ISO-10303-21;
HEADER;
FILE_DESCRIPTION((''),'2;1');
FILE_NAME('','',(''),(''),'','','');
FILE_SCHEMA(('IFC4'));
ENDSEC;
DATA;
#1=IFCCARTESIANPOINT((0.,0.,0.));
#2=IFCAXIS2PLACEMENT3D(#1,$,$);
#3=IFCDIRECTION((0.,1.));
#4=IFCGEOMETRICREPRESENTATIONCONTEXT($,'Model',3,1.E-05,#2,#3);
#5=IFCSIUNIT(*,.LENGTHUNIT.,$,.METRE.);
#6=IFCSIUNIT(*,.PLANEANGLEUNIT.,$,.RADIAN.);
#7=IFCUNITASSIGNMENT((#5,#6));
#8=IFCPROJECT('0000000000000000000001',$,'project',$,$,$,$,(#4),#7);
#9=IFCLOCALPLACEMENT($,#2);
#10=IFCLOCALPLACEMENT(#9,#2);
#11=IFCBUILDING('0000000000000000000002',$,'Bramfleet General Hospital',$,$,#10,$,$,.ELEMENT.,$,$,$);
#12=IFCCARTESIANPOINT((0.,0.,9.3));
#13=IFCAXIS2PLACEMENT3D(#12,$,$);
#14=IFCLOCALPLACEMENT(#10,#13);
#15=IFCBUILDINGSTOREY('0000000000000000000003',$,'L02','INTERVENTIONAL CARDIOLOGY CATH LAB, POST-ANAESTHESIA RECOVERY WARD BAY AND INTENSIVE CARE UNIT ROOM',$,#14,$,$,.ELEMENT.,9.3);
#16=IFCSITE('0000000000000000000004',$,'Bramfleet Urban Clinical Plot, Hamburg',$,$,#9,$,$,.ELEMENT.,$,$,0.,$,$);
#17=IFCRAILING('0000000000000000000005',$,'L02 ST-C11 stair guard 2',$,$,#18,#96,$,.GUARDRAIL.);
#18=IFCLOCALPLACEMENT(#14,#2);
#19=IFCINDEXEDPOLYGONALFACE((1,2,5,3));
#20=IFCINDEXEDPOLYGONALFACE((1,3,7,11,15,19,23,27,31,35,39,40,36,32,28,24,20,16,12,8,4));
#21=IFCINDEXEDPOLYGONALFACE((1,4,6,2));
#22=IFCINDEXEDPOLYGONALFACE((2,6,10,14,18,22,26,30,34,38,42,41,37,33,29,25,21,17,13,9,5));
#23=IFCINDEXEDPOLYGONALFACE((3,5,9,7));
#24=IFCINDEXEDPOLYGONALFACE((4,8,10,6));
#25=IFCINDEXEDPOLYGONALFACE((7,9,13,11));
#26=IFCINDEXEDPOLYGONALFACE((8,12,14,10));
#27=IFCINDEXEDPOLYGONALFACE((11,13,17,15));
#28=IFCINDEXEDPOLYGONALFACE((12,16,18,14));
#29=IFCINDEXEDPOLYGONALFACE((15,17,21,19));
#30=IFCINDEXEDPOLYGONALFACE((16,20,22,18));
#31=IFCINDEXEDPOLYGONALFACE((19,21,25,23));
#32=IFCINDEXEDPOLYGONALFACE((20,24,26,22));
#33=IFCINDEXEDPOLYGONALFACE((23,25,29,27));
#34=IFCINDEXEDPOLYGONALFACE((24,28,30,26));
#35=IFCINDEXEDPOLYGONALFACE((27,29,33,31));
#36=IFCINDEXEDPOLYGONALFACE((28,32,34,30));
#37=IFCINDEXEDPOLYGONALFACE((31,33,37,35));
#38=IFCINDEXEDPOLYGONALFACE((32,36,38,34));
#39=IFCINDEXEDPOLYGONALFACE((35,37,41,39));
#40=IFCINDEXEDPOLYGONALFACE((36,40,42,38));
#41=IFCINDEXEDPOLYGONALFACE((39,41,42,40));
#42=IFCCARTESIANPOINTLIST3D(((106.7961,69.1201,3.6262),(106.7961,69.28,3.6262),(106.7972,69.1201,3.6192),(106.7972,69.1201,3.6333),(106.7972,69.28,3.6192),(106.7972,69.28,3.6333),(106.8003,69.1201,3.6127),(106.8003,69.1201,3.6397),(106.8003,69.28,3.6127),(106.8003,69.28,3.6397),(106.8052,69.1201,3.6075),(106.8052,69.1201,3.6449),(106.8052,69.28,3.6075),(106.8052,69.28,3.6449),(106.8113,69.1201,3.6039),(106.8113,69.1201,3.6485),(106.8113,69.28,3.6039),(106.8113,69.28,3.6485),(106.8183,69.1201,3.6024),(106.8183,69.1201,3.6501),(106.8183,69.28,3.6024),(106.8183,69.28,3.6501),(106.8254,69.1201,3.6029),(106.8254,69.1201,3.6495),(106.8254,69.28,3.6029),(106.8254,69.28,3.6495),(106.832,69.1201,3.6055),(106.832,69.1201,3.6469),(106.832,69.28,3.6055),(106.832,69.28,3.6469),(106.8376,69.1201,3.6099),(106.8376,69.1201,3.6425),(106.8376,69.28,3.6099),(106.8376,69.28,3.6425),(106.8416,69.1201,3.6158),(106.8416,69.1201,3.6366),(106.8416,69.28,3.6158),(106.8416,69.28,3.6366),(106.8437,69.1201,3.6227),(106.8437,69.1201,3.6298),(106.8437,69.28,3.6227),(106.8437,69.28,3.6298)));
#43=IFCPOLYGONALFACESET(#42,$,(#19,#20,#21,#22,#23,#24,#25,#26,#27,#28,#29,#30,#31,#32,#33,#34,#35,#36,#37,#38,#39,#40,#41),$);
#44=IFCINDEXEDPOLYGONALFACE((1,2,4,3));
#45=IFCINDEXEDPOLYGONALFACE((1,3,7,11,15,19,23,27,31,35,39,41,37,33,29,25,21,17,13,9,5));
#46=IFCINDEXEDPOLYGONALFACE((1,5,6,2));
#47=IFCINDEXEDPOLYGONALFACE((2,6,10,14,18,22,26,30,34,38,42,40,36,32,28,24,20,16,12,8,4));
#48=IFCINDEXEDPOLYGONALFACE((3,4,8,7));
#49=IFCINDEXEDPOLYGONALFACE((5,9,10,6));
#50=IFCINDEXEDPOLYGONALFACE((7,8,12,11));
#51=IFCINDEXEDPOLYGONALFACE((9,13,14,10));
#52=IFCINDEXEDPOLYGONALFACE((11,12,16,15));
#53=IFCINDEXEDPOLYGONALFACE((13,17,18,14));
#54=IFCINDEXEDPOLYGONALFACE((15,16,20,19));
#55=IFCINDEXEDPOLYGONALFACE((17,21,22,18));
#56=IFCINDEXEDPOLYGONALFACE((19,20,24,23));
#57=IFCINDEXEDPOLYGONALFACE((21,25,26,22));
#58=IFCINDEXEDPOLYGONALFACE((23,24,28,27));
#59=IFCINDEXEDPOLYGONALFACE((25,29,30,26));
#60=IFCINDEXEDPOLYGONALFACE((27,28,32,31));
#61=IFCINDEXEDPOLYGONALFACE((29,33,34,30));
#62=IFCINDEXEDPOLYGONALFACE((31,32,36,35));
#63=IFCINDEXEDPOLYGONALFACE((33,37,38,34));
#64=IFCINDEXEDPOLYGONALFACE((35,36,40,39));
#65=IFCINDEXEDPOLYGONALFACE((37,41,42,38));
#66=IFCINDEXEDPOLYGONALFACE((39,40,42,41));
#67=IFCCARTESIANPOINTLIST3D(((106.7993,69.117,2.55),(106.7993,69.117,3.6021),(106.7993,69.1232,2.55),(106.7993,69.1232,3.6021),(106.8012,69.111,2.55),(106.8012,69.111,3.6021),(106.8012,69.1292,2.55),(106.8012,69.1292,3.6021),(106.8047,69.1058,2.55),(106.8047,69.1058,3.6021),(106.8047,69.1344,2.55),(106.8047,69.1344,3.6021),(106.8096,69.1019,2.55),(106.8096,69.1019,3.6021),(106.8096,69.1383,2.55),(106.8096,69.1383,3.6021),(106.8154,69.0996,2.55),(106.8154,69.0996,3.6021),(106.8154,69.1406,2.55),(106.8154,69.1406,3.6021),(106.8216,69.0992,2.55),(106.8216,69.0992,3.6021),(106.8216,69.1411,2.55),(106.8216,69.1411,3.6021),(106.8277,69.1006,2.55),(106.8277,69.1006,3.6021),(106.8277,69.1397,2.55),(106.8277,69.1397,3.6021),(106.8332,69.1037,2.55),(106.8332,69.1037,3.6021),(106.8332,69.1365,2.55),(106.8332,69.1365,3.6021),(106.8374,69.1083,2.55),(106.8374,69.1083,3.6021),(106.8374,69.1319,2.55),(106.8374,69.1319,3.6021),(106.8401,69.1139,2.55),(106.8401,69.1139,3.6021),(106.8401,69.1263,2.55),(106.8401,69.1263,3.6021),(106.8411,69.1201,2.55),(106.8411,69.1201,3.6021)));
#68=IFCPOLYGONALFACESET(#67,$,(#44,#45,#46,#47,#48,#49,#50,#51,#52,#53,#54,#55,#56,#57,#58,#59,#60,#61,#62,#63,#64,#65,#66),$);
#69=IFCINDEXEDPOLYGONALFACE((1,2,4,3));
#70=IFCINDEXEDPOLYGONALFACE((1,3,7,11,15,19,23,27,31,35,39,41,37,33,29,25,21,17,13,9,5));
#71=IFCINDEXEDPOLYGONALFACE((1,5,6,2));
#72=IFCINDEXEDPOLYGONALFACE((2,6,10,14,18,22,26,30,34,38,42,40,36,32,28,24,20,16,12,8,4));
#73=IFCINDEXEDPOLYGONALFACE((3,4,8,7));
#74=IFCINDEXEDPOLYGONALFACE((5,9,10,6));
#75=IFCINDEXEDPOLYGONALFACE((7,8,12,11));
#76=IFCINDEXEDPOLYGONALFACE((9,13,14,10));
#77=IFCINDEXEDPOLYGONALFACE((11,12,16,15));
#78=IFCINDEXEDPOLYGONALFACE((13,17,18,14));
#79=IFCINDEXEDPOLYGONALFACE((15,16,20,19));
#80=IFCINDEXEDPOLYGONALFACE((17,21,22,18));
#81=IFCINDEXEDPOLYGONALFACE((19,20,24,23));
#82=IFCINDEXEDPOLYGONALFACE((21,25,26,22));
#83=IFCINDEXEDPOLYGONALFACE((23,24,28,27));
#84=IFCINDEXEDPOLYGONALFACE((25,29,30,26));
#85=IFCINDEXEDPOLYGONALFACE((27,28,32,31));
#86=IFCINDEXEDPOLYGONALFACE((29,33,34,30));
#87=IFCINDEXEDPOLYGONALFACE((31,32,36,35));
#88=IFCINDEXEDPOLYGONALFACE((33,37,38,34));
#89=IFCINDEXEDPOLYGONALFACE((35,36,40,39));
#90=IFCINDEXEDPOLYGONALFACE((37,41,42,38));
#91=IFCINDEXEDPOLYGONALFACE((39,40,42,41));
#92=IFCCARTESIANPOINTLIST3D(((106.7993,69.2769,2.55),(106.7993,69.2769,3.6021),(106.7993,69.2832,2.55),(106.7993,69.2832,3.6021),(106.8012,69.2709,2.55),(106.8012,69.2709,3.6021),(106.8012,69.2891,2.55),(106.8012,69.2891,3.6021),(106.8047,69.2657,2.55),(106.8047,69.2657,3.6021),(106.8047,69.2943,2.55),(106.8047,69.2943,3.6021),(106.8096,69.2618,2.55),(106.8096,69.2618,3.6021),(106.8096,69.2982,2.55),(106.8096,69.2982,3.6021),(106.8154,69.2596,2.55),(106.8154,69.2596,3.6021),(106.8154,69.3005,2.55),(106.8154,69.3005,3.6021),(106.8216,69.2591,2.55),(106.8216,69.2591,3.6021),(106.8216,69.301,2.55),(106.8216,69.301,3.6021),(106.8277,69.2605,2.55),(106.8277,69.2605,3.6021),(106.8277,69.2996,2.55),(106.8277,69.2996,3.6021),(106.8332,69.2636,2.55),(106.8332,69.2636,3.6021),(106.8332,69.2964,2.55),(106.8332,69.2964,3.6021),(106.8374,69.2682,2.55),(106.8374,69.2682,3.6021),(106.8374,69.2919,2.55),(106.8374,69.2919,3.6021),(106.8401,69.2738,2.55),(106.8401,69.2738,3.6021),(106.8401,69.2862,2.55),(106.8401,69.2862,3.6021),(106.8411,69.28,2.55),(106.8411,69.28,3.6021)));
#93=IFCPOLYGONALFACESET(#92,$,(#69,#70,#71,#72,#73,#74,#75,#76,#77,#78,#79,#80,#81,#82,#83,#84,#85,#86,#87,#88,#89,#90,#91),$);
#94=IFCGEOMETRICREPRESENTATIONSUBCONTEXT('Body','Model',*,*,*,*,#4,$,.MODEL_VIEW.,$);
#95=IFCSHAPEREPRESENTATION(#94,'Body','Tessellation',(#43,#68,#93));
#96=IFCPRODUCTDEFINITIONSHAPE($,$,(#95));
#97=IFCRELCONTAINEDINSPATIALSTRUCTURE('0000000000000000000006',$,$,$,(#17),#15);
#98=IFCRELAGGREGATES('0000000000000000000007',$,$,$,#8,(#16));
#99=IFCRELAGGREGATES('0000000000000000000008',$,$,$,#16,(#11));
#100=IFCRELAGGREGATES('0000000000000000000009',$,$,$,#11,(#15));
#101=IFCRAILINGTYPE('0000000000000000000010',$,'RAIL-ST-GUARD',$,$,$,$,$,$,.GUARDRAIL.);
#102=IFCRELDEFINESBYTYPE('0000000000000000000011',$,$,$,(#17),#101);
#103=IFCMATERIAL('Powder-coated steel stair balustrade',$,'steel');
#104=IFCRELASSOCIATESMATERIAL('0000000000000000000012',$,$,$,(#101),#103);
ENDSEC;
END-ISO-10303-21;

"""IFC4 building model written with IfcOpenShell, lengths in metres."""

from ifc_helpers import new_model, si_unit, direction, frame, origin, origin_2d, place, context, subcontext, project, spatial, circle, extrude, material, type_object, element, save


model = new_model("IFC4")

# Units and contexts
model_context = context("Model", 3, precision=1e-05, world=origin(), true_north=direction((0.0, 1.0)))
body_context = subcontext(model_context, "Body", "Model", "MODEL_VIEW")
ifc_project = project(units=[si_unit("LENGTHUNIT", "METRE"), si_unit("PLANEANGLEUNIT", "RADIAN")], contexts=[model_context])

# Site, building, storey
site_placement = place(None, origin())
site = spatial("IfcSite", under=ifc_project, at=site_placement, Name="Bramfleet Urban Clinical Plot, Hamburg", CompositionType="ELEMENT", RefElevation=0.0)
building_placement = place(site_placement, origin())
building = spatial("IfcBuilding", under=site, at=building_placement, Name="Bramfleet General Hospital", CompositionType="ELEMENT")
storey_placement = place(building_placement, frame((0.0, 0.0, 9.3)))
storey = spatial("IfcBuildingStorey", under=building, at=storey_placement, Name="L02", Description="INTERVENTIONAL CARDIOLOGY CATH LAB, POST-ANAESTHESIA RECOVERY WARD BAY AND INTENSIVE CARE UNIT ROOM", CompositionType="ELEMENT", Elevation=9.3)

# Railing
ifc_material_1 = material(Name="Powder-coated steel stair balustrade", Category="steel")
railing_type_1 = type_object("IfcRailingType", Name="RAIL-ST-GUARD", PredefinedType="GUARDRAIL", material=ifc_material_1)
railing_1_placement = place(storey_placement, frame((106.8201, 69.1201, 2.55)))
element("IfcRailing", 1, at=railing_1_placement, inside=storey, type_object=railing_type_1, Name="L02 ST-C11 stair guard 2", PredefinedType="GUARDRAIL", context=body_context, shape_type="SweptSolid", body=[
    extrude(circle(Radius=0.0239, at=origin_2d()), frame((0.0, 0.0, 1.0762), z_axis=(0.0, 1.0, 0.0), x_axis=(-1.0, 0.0, 0.0)), (0.0, 0.0, 1.0), 0.1599),
    extrude(circle(Radius=0.021, at=origin_2d()), origin(), (0.0, 0.0, 1.0), 1.052),
    extrude(circle(Radius=0.021, at=origin_2d()), frame((0.0, 0.1599, 0.0)), (0.0, 0.0, 1.0), 1.052),
])

save(model, "model.ifc")
